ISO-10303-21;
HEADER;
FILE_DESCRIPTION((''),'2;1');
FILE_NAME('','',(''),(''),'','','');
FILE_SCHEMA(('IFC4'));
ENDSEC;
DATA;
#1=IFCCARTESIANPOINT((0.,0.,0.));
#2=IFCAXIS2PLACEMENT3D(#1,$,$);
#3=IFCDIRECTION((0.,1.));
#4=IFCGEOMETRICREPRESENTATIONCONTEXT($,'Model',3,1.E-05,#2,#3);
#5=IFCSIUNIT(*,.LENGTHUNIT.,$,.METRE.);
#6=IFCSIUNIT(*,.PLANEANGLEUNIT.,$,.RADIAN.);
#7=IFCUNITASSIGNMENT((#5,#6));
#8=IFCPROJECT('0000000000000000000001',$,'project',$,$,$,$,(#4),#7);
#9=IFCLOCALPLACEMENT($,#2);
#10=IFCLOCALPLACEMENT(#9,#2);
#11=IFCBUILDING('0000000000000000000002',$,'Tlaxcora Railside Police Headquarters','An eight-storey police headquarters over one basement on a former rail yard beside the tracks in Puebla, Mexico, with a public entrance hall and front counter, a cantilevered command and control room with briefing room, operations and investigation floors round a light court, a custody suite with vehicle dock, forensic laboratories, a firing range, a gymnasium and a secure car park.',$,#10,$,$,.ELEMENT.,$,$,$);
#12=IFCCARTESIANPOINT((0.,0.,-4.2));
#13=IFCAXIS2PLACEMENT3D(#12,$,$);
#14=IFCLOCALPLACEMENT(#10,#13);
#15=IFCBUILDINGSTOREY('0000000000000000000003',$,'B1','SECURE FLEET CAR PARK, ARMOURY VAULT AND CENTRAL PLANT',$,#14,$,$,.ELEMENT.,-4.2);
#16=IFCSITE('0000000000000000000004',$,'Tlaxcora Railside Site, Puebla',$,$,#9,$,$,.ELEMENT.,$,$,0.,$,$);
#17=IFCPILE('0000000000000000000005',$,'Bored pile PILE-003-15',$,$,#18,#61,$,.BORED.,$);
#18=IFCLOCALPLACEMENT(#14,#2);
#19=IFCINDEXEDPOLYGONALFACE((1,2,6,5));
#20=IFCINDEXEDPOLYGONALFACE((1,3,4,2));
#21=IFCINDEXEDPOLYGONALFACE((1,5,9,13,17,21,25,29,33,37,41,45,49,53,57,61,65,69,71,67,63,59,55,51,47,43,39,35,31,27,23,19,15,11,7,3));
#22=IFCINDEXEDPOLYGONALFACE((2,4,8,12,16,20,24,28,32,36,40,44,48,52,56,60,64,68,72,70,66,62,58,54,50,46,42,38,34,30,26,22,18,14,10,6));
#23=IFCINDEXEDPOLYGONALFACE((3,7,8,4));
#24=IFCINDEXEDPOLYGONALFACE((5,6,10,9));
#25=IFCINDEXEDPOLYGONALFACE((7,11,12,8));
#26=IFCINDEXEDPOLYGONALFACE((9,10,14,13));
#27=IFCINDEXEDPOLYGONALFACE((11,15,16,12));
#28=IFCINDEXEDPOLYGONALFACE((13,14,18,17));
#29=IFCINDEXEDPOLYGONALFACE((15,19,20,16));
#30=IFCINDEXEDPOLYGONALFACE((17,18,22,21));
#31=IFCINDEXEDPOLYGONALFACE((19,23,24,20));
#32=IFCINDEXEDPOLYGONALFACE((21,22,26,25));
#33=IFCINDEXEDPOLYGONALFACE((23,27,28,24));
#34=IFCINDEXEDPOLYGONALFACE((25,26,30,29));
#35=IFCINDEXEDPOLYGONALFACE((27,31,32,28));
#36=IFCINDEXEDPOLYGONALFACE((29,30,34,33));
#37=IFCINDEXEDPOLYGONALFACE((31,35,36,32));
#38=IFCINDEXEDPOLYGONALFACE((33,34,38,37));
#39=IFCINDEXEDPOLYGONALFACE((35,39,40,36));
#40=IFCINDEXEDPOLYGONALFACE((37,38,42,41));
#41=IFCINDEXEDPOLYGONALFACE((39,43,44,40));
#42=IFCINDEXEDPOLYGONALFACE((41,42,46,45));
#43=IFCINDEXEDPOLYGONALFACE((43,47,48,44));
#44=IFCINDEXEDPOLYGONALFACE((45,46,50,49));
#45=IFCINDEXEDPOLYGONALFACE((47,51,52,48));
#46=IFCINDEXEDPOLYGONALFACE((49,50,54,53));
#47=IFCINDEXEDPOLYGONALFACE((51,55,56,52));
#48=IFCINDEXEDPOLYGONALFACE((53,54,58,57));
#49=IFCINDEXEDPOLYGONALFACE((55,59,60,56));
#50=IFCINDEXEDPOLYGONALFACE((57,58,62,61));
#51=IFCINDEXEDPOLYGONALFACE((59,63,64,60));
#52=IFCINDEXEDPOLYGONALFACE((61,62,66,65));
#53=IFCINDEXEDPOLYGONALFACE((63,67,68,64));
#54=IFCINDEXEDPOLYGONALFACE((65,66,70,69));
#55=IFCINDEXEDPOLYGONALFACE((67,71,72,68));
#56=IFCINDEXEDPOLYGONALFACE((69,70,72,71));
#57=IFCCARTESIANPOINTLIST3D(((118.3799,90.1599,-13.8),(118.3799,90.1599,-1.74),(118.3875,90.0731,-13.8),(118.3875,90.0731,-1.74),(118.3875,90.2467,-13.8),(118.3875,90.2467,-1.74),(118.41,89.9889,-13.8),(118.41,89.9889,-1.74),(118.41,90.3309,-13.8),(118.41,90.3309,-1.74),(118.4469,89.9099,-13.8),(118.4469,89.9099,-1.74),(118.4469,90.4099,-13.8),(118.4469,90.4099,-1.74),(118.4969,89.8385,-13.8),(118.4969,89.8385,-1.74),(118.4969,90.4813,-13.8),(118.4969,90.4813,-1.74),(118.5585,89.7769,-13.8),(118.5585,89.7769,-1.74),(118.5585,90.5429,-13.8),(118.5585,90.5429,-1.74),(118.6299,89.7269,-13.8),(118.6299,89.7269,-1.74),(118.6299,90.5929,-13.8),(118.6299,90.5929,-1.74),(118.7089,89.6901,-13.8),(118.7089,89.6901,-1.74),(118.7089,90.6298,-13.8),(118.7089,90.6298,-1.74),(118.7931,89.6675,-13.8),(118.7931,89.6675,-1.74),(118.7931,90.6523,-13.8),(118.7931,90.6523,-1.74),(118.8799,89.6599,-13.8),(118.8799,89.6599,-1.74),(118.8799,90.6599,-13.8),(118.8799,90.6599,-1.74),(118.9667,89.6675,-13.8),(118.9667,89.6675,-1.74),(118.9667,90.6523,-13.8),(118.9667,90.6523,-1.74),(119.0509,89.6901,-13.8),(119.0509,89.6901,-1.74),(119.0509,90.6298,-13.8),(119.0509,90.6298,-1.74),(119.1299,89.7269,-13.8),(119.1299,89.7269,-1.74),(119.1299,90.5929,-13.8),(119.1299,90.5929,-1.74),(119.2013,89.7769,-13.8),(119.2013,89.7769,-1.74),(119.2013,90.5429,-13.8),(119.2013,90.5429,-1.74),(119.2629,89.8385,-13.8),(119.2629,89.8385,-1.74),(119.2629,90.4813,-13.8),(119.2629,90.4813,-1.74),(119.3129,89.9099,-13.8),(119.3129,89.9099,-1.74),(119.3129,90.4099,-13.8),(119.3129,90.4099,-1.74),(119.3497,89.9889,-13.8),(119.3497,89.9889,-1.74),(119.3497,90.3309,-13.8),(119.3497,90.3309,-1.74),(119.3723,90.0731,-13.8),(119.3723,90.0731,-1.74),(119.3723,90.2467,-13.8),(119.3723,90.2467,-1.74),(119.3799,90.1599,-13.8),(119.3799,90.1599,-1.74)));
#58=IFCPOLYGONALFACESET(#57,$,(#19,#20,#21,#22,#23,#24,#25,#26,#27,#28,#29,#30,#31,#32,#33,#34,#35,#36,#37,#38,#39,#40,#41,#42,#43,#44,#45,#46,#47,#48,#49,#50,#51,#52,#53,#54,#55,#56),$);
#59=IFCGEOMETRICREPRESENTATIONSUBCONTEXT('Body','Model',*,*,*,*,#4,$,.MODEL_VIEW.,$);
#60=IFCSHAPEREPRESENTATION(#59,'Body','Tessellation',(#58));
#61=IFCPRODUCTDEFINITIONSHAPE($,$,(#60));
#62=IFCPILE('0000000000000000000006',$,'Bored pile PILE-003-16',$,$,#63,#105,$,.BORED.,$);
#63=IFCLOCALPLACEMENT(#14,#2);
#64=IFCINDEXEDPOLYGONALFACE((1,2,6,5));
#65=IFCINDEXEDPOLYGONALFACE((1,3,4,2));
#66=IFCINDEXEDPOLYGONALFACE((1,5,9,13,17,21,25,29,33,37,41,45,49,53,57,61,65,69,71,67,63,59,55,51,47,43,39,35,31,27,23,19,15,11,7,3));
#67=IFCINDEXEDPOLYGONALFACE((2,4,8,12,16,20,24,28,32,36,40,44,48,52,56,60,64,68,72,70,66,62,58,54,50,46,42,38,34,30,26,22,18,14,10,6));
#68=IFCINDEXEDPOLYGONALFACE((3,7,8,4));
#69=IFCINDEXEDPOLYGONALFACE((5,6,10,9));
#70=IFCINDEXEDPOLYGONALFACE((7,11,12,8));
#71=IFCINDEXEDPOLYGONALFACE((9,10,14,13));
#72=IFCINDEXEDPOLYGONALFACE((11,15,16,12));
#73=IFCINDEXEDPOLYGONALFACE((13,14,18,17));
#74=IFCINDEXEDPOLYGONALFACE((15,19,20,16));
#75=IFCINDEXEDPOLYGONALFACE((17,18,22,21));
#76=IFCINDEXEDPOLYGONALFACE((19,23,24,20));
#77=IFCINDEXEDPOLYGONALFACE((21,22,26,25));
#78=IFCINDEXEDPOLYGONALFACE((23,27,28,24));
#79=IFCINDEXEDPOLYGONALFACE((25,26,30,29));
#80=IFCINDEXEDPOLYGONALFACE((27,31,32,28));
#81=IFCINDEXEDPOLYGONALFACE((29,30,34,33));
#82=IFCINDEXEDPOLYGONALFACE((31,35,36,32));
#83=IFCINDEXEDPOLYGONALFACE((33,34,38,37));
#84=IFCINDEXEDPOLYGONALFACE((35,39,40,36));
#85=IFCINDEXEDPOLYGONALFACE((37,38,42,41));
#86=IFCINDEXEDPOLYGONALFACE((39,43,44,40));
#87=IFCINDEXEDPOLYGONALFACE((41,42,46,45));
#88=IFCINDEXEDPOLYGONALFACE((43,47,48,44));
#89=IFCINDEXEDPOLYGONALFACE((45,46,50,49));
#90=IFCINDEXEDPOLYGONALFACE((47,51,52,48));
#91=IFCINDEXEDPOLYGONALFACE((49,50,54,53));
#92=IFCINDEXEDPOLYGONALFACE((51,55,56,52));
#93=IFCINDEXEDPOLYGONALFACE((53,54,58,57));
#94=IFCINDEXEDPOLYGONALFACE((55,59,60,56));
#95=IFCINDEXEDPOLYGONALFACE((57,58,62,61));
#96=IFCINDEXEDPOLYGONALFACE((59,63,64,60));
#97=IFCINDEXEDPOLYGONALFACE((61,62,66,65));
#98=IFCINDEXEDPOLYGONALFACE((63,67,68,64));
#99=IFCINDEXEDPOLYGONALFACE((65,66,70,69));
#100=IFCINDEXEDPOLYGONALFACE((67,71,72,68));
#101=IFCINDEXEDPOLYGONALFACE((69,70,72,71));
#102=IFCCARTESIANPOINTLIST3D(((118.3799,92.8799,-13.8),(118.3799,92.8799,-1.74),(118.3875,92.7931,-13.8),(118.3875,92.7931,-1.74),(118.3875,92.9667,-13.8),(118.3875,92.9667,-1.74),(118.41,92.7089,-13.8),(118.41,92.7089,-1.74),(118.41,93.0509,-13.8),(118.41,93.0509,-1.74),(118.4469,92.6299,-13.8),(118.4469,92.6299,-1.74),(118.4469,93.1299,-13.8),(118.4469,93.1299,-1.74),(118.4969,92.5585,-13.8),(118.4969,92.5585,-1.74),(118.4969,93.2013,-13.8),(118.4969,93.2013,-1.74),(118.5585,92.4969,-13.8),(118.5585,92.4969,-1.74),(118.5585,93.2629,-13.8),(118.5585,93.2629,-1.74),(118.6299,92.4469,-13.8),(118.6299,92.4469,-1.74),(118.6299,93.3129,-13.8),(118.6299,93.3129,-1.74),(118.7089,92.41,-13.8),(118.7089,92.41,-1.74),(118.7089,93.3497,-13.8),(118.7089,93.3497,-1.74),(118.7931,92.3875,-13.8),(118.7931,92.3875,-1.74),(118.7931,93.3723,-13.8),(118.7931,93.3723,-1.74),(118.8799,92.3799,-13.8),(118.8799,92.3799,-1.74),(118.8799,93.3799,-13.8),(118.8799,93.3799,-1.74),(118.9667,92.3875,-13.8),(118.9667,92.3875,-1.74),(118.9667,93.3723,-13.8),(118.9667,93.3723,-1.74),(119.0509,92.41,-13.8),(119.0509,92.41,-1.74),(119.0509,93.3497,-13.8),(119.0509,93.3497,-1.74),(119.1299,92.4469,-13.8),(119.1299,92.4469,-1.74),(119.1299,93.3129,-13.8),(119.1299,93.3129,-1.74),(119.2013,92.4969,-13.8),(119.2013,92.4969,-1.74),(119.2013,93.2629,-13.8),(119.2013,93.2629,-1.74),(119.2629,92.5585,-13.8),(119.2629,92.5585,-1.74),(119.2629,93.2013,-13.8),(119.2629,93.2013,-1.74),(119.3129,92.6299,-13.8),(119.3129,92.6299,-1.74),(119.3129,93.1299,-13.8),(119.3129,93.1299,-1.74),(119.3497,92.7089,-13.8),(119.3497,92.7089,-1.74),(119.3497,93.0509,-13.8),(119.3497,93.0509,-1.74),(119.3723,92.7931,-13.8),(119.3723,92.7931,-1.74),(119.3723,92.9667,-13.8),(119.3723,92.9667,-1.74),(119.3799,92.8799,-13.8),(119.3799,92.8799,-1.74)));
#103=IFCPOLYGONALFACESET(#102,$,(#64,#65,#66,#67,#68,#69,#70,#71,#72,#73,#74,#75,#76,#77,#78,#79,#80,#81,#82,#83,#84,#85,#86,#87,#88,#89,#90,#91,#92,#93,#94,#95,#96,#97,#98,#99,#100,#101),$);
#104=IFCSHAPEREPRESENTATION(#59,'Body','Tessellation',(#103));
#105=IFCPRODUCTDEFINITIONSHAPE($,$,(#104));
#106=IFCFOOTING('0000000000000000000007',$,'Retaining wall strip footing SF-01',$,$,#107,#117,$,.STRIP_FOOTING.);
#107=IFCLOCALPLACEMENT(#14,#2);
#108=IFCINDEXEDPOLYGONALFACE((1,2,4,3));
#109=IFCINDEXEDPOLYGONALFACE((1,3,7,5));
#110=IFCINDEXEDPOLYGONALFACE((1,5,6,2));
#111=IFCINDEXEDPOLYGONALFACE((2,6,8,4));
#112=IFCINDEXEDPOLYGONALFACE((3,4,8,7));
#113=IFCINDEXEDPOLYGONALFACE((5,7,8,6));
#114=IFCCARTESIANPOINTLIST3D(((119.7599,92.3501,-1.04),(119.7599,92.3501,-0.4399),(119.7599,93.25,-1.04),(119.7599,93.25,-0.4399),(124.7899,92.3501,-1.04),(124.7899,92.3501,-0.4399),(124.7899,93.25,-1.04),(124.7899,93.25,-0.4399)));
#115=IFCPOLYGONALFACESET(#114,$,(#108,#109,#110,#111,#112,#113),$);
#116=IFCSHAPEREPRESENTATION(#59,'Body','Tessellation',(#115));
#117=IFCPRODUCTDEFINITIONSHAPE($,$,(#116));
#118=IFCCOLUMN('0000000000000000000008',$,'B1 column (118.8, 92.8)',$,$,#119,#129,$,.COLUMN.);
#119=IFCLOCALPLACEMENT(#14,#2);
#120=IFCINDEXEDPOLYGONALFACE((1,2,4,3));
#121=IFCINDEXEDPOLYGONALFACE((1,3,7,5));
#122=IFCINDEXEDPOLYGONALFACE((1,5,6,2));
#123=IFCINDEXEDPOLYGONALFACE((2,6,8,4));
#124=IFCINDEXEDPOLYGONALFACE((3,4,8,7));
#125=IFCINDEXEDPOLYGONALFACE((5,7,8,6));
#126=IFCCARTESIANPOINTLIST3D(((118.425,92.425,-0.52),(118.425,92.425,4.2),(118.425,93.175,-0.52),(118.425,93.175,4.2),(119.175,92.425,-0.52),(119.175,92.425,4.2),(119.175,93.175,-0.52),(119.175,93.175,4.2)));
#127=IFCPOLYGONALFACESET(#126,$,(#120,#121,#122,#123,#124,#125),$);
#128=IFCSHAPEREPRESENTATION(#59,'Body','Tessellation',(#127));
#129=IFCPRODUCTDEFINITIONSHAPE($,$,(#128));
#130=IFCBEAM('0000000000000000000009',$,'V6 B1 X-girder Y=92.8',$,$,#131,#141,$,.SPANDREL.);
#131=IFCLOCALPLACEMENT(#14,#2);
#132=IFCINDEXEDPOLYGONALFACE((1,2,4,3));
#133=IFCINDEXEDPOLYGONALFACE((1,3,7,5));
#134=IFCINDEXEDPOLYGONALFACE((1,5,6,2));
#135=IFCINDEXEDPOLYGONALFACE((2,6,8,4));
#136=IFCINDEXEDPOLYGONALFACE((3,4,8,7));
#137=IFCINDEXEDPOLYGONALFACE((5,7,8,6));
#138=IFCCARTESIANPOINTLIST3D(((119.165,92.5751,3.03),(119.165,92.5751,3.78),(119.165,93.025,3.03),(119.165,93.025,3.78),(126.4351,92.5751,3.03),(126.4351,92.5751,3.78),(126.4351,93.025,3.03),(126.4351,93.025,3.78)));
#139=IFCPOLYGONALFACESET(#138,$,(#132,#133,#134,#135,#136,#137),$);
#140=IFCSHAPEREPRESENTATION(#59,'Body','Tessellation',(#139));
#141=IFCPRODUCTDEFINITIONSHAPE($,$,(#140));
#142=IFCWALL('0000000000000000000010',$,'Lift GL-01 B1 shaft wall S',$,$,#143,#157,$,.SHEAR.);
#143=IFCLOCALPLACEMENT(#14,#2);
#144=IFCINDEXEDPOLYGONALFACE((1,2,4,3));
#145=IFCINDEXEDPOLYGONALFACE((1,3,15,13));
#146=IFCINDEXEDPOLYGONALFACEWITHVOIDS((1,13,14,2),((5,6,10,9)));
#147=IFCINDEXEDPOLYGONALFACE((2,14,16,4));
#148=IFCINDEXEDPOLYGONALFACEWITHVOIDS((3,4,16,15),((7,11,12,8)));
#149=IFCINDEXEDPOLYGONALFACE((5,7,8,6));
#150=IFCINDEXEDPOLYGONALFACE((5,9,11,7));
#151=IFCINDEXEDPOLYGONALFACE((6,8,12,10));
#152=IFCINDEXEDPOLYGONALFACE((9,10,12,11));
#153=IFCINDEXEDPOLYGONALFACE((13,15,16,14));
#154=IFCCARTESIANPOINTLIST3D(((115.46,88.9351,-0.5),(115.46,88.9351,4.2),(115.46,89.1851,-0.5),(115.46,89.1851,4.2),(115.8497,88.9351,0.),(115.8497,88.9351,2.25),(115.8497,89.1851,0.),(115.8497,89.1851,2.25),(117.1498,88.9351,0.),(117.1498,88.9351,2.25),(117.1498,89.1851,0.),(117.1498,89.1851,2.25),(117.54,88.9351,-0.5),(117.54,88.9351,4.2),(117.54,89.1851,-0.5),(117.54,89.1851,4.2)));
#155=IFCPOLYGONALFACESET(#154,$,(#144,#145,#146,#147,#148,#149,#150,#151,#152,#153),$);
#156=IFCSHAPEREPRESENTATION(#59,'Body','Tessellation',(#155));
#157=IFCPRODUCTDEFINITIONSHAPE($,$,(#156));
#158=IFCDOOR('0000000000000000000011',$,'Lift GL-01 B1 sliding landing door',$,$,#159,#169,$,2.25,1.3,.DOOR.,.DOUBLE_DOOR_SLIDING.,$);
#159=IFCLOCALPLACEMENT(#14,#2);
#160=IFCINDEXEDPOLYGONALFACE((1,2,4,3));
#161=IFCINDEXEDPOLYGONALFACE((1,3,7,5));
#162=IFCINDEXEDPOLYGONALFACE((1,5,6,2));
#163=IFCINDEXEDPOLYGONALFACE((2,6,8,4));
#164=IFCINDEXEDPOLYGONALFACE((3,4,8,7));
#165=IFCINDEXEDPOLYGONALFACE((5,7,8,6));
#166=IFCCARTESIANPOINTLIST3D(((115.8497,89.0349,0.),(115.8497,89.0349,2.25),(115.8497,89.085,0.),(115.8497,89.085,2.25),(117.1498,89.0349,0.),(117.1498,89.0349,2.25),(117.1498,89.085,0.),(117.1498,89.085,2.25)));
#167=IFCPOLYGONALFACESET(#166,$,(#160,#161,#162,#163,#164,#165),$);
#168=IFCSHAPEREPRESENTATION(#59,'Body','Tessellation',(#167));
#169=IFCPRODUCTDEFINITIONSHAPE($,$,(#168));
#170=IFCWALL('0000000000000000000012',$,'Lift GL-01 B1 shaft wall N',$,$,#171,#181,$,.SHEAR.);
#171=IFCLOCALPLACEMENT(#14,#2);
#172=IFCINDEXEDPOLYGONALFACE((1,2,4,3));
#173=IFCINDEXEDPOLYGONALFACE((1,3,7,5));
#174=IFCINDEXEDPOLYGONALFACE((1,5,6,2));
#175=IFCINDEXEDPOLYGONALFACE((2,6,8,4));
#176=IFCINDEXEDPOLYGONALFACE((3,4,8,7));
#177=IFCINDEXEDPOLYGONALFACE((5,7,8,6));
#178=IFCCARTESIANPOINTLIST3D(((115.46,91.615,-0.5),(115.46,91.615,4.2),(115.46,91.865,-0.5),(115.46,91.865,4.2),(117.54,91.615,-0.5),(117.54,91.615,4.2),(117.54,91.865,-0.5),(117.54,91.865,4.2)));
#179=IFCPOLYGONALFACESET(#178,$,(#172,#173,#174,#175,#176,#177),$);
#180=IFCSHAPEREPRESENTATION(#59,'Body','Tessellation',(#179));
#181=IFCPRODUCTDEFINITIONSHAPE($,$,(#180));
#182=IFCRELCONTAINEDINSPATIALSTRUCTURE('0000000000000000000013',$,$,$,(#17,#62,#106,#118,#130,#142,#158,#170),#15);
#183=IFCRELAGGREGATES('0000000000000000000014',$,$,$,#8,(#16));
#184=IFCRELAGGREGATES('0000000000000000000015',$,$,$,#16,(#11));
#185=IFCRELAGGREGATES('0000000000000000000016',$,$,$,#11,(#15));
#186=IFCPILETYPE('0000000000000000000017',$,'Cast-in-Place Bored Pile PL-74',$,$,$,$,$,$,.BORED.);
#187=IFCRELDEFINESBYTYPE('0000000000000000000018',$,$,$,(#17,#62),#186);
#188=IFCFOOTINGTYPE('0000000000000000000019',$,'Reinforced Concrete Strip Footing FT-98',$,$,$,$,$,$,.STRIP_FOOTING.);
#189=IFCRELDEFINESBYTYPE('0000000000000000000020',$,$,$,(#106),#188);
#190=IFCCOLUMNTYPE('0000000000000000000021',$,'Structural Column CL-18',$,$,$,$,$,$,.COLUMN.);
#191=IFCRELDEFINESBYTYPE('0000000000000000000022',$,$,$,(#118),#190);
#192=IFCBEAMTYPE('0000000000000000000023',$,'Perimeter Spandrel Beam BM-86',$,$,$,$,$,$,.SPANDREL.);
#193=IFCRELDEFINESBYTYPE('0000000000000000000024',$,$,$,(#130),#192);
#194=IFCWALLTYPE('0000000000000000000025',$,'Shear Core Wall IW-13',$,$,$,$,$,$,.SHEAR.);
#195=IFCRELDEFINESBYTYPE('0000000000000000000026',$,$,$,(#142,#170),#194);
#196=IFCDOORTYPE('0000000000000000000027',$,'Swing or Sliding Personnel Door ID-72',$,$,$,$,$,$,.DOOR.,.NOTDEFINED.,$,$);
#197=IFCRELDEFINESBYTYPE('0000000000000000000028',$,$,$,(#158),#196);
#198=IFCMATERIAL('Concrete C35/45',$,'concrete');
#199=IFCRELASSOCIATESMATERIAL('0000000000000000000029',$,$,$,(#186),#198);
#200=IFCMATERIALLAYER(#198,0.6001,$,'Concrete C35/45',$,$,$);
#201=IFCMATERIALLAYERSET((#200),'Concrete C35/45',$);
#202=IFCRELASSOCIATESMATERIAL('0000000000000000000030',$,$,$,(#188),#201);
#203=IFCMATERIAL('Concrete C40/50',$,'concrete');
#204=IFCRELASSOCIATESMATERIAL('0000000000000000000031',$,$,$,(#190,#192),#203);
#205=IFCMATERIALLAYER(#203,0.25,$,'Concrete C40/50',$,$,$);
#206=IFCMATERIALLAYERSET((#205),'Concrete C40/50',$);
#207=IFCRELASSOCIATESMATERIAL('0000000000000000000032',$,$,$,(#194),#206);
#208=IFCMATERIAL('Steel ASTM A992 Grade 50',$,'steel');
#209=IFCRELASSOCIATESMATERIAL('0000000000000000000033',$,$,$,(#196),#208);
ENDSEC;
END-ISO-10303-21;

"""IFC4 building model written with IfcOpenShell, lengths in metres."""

from ifc_helpers import new_model, si_unit, direction, frame, frame_2d, origin, origin_2d, place, context, subcontext, project, spatial, rectangle, circle, extrude, material, layer, layer_set, material_profile, profile_set, type_object, element, fill, save


model = new_model("IFC4")

# Units and contexts
model_context = context("Model", 3, precision=1e-05, world=origin(), true_north=direction((0.0, 1.0)))
body_context = subcontext(model_context, "Body", "Model", "MODEL_VIEW")
ifc_project = project(units=[si_unit("LENGTHUNIT", "METRE"), si_unit("PLANEANGLEUNIT", "RADIAN")], contexts=[model_context])

# Site, building, storey
site_placement = place(None, origin())
site = spatial("IfcSite", under=ifc_project, at=site_placement, Name="Tlaxcora Railside Site, Puebla", CompositionType="ELEMENT", RefElevation=0.0)
building_placement = place(site_placement, origin())
building = spatial("IfcBuilding", under=site, at=building_placement, Name="Tlaxcora Railside Police Headquarters", Description="An eight-storey police headquarters over one basement on a former rail yard beside the tracks in Puebla, Mexico, with a public entrance hall and front counter, a cantilevered command and control room with briefing room, operations and investigation floors round a light court, a custody suite with vehicle dock, forensic laboratories, a firing range, a gymnasium and a secure car park.", CompositionType="ELEMENT")
storey_placement = place(building_placement, frame((0.0, 0.0, -4.2)))
storey = spatial("IfcBuildingStorey", under=building, at=storey_placement, Name="B1", Description="SECURE FLEET CAR PARK, ARMOURY VAULT AND CENTRAL PLANT", CompositionType="ELEMENT", Elevation=-4.2)

# Piles
ifc_material_1 = material(Name="Concrete C35/45", Category="concrete")
ifc_material_profile_1 = material_profile(ifc_material_1, circle(Radius=0.5, at=origin_2d()), Name="PILE1000")
ifc_profile_set_1 = profile_set([ifc_material_profile_1], Name="Concrete C35/45")
pile_type = type_object("IfcPileType", Name="Cast-in-Place Bored Pile PL-74", PredefinedType="BORED", material=ifc_profile_set_1)
for number, where, z_axis, x_axis, name in (
    (1, (118.8799, 90.1599, -1.74), (0.0, 0.0, -1.0), (1.0, 0.0, 0.0), "Bored pile PILE-003-15"),
    (2, (118.8799, 92.8799, -1.74), (0.0, 0.0, -1.0), (1.0, 0.0, 0.0), "Bored pile PILE-003-16"),
):
    element("IfcPile", number, at=place(storey_placement, frame(where, z_axis=z_axis, x_axis=x_axis)), inside=storey, type_object=pile_type, Name=name, PredefinedType="BORED", context=body_context, shape_type="SweptSolid", body=[
        extrude(circle(Radius=0.5, at=origin_2d()), origin(), (0.0, 0.0, 1.0), 12.0601),
    ])

# Footing
ifc_layer_1 = layer(ifc_material_1, 0.6001, Name="Concrete C35/45")
ifc_layer_set_1 = layer_set([ifc_layer_1], Name="Concrete C35/45")
footing_type = type_object("IfcFootingType", Name="Reinforced Concrete Strip Footing FT-98", PredefinedType="STRIP_FOOTING", material=ifc_layer_set_1)
footing_placement = place(storey_placement, frame((122.2749, 92.8, -1.04), z_axis=(0.0, 0.0, 1.0), x_axis=(1.0, 0.0, 0.0)))
element("IfcFooting", 3, at=footing_placement, inside=storey, type_object=footing_type, Name="Retaining wall strip footing SF-01", PredefinedType="STRIP_FOOTING", context=body_context, shape_type="SweptSolid", body=[
    extrude(rectangle(XDim=5.03, YDim=0.8999, at=origin_2d()), origin(), (0.0, 0.0, 1.0), 0.6001),
])

# Column
ifc_material_2 = material(Name="Concrete C40/50", Category="concrete")
ifc_material_profile_2 = material_profile(ifc_material_2, rectangle(XDim=0.75, YDim=0.75, at=origin_2d()), Name="RC750X750")
ifc_profile_set_2 = profile_set([ifc_material_profile_2], Name="Concrete C40/50")
column_type = type_object("IfcColumnType", Name="Structural Column CL-18", PredefinedType="COLUMN", material=ifc_profile_set_2)
column_placement = place(storey_placement, frame((118.8, 92.8, -0.52), z_axis=(0.0, 0.0, 1.0), x_axis=(1.0, 0.0, 0.0)))
element("IfcColumn", 4, at=column_placement, inside=storey, type_object=column_type, Name="B1 column (118.8, 92.8)", PredefinedType="COLUMN", context=body_context, shape_type="SweptSolid", body=[
    extrude(rectangle(XDim=0.75, YDim=0.75, at=origin_2d()), origin(), (0.0, 0.0, 1.0), 4.72),
])

# Beam
ifc_material_profile_3 = material_profile(ifc_material_2, rectangle(XDim=0.45, YDim=0.75, at=origin_2d()), Name="RC450X750")
ifc_profile_set_3 = profile_set([ifc_material_profile_3], Name="Concrete C40/50")
beam_type = type_object("IfcBeamType", Name="Perimeter Spandrel Beam BM-86", PredefinedType="SPANDREL", material=ifc_profile_set_3)
beam_placement = place(storey_placement, frame((119.165, 92.8, 3.405), z_axis=(1.0, 0.0, 0.0), x_axis=(0.0, 1.0, 0.0)))
element("IfcBeam", 5, at=beam_placement, inside=storey, type_object=beam_type, Name="V6 B1 X-girder Y=92.8", PredefinedType="SPANDREL", context=body_context, shape_type="SweptSolid", body=[
    extrude(rectangle(XDim=0.45, YDim=0.75, at=origin_2d()), origin(), (0.0, 0.0, 1.0), 7.27),
])

# Wall, opening, door
ifc_layer_2 = layer(ifc_material_2, 0.25, Name="Concrete C40/50")
ifc_layer_set_2 = layer_set([ifc_layer_2], Name="Concrete C40/50")
wall_type_1 = type_object("IfcWallType", Name="Shear Core Wall IW-13", PredefinedType="SHEAR", material=ifc_layer_set_2)
wall_1_placement = place(storey_placement, frame((115.46, 89.0601, -0.5), z_axis=(0.0, 0.0, 1.0), x_axis=(1.0, 0.0, 0.0)))
wall_1 = element("IfcWall", 6, at=wall_1_placement, inside=storey, type_object=wall_type_1, Name="Lift GL-01 B1 shaft wall S", PredefinedType="SHEAR", context=body_context, shape_type="SweptSolid", body=[
    extrude(rectangle(XDim=2.0801, YDim=0.25, at=frame_2d((1.04, 0.0))), origin(), (0.0, 0.0, 1.0), 4.7),
])
opening_placement = place(wall_1_placement, frame((0.3899, 0.0, 0.5)))
opening = element("IfcOpeningElement", 7, at=opening_placement, cuts=wall_1, PredefinedType="OPENING", context=body_context, shape_type="SweptSolid", body=[
    extrude(rectangle(XDim=1.3, YDim=2.25, at=frame_2d((0.6499, 1.125))), frame((0.0, 0.135, 0.0), z_axis=(0.0, -1.0, 0.0), x_axis=(1.0, 0.0, 0.0)), (0.0, 0.0, 1.0), 0.27),
])
ifc_material_3 = material(Name="Steel ASTM A992 Grade 50", Category="steel")
door_type = type_object("IfcDoorType", Name="Swing or Sliding Personnel Door ID-72", OperationType="NOTDEFINED", PredefinedType="DOOR", material=ifc_material_3)
door_placement = place(opening_placement, origin())
door = element("IfcDoor", 8, at=door_placement, inside=storey, type_object=door_type, Name="Lift GL-01 B1 sliding landing door", OperationType="DOUBLE_DOOR_SLIDING", OverallHeight=2.25, OverallWidth=1.3, PredefinedType="DOOR", context=body_context, shape_type="SweptSolid", body=[
    extrude(rectangle(XDim=1.3, YDim=2.25, at=frame_2d((0.6499, 1.125))), frame((0.0, 0.0249, 0.0), z_axis=(0.0, -1.0, 0.0), x_axis=(1.0, 0.0, 0.0)), (0.0, 0.0, 1.0), 0.05),
])
fill(opening, door)

# Wall
wall_2_placement = place(storey_placement, frame((117.54, 91.74, -0.5), z_axis=(0.0, 0.0, 1.0), x_axis=(-1.0, 0.0, 0.0)))
element("IfcWall", 9, at=wall_2_placement, inside=storey, type_object=wall_type_1, Name="Lift GL-01 B1 shaft wall N", PredefinedType="SHEAR", context=body_context, shape_type="SweptSolid", body=[
    extrude(rectangle(XDim=2.0801, YDim=0.25, at=frame_2d((1.04, 0.0))), origin(), (0.0, 0.0, 1.0), 4.7),
])

save(model, "model.ifc")
